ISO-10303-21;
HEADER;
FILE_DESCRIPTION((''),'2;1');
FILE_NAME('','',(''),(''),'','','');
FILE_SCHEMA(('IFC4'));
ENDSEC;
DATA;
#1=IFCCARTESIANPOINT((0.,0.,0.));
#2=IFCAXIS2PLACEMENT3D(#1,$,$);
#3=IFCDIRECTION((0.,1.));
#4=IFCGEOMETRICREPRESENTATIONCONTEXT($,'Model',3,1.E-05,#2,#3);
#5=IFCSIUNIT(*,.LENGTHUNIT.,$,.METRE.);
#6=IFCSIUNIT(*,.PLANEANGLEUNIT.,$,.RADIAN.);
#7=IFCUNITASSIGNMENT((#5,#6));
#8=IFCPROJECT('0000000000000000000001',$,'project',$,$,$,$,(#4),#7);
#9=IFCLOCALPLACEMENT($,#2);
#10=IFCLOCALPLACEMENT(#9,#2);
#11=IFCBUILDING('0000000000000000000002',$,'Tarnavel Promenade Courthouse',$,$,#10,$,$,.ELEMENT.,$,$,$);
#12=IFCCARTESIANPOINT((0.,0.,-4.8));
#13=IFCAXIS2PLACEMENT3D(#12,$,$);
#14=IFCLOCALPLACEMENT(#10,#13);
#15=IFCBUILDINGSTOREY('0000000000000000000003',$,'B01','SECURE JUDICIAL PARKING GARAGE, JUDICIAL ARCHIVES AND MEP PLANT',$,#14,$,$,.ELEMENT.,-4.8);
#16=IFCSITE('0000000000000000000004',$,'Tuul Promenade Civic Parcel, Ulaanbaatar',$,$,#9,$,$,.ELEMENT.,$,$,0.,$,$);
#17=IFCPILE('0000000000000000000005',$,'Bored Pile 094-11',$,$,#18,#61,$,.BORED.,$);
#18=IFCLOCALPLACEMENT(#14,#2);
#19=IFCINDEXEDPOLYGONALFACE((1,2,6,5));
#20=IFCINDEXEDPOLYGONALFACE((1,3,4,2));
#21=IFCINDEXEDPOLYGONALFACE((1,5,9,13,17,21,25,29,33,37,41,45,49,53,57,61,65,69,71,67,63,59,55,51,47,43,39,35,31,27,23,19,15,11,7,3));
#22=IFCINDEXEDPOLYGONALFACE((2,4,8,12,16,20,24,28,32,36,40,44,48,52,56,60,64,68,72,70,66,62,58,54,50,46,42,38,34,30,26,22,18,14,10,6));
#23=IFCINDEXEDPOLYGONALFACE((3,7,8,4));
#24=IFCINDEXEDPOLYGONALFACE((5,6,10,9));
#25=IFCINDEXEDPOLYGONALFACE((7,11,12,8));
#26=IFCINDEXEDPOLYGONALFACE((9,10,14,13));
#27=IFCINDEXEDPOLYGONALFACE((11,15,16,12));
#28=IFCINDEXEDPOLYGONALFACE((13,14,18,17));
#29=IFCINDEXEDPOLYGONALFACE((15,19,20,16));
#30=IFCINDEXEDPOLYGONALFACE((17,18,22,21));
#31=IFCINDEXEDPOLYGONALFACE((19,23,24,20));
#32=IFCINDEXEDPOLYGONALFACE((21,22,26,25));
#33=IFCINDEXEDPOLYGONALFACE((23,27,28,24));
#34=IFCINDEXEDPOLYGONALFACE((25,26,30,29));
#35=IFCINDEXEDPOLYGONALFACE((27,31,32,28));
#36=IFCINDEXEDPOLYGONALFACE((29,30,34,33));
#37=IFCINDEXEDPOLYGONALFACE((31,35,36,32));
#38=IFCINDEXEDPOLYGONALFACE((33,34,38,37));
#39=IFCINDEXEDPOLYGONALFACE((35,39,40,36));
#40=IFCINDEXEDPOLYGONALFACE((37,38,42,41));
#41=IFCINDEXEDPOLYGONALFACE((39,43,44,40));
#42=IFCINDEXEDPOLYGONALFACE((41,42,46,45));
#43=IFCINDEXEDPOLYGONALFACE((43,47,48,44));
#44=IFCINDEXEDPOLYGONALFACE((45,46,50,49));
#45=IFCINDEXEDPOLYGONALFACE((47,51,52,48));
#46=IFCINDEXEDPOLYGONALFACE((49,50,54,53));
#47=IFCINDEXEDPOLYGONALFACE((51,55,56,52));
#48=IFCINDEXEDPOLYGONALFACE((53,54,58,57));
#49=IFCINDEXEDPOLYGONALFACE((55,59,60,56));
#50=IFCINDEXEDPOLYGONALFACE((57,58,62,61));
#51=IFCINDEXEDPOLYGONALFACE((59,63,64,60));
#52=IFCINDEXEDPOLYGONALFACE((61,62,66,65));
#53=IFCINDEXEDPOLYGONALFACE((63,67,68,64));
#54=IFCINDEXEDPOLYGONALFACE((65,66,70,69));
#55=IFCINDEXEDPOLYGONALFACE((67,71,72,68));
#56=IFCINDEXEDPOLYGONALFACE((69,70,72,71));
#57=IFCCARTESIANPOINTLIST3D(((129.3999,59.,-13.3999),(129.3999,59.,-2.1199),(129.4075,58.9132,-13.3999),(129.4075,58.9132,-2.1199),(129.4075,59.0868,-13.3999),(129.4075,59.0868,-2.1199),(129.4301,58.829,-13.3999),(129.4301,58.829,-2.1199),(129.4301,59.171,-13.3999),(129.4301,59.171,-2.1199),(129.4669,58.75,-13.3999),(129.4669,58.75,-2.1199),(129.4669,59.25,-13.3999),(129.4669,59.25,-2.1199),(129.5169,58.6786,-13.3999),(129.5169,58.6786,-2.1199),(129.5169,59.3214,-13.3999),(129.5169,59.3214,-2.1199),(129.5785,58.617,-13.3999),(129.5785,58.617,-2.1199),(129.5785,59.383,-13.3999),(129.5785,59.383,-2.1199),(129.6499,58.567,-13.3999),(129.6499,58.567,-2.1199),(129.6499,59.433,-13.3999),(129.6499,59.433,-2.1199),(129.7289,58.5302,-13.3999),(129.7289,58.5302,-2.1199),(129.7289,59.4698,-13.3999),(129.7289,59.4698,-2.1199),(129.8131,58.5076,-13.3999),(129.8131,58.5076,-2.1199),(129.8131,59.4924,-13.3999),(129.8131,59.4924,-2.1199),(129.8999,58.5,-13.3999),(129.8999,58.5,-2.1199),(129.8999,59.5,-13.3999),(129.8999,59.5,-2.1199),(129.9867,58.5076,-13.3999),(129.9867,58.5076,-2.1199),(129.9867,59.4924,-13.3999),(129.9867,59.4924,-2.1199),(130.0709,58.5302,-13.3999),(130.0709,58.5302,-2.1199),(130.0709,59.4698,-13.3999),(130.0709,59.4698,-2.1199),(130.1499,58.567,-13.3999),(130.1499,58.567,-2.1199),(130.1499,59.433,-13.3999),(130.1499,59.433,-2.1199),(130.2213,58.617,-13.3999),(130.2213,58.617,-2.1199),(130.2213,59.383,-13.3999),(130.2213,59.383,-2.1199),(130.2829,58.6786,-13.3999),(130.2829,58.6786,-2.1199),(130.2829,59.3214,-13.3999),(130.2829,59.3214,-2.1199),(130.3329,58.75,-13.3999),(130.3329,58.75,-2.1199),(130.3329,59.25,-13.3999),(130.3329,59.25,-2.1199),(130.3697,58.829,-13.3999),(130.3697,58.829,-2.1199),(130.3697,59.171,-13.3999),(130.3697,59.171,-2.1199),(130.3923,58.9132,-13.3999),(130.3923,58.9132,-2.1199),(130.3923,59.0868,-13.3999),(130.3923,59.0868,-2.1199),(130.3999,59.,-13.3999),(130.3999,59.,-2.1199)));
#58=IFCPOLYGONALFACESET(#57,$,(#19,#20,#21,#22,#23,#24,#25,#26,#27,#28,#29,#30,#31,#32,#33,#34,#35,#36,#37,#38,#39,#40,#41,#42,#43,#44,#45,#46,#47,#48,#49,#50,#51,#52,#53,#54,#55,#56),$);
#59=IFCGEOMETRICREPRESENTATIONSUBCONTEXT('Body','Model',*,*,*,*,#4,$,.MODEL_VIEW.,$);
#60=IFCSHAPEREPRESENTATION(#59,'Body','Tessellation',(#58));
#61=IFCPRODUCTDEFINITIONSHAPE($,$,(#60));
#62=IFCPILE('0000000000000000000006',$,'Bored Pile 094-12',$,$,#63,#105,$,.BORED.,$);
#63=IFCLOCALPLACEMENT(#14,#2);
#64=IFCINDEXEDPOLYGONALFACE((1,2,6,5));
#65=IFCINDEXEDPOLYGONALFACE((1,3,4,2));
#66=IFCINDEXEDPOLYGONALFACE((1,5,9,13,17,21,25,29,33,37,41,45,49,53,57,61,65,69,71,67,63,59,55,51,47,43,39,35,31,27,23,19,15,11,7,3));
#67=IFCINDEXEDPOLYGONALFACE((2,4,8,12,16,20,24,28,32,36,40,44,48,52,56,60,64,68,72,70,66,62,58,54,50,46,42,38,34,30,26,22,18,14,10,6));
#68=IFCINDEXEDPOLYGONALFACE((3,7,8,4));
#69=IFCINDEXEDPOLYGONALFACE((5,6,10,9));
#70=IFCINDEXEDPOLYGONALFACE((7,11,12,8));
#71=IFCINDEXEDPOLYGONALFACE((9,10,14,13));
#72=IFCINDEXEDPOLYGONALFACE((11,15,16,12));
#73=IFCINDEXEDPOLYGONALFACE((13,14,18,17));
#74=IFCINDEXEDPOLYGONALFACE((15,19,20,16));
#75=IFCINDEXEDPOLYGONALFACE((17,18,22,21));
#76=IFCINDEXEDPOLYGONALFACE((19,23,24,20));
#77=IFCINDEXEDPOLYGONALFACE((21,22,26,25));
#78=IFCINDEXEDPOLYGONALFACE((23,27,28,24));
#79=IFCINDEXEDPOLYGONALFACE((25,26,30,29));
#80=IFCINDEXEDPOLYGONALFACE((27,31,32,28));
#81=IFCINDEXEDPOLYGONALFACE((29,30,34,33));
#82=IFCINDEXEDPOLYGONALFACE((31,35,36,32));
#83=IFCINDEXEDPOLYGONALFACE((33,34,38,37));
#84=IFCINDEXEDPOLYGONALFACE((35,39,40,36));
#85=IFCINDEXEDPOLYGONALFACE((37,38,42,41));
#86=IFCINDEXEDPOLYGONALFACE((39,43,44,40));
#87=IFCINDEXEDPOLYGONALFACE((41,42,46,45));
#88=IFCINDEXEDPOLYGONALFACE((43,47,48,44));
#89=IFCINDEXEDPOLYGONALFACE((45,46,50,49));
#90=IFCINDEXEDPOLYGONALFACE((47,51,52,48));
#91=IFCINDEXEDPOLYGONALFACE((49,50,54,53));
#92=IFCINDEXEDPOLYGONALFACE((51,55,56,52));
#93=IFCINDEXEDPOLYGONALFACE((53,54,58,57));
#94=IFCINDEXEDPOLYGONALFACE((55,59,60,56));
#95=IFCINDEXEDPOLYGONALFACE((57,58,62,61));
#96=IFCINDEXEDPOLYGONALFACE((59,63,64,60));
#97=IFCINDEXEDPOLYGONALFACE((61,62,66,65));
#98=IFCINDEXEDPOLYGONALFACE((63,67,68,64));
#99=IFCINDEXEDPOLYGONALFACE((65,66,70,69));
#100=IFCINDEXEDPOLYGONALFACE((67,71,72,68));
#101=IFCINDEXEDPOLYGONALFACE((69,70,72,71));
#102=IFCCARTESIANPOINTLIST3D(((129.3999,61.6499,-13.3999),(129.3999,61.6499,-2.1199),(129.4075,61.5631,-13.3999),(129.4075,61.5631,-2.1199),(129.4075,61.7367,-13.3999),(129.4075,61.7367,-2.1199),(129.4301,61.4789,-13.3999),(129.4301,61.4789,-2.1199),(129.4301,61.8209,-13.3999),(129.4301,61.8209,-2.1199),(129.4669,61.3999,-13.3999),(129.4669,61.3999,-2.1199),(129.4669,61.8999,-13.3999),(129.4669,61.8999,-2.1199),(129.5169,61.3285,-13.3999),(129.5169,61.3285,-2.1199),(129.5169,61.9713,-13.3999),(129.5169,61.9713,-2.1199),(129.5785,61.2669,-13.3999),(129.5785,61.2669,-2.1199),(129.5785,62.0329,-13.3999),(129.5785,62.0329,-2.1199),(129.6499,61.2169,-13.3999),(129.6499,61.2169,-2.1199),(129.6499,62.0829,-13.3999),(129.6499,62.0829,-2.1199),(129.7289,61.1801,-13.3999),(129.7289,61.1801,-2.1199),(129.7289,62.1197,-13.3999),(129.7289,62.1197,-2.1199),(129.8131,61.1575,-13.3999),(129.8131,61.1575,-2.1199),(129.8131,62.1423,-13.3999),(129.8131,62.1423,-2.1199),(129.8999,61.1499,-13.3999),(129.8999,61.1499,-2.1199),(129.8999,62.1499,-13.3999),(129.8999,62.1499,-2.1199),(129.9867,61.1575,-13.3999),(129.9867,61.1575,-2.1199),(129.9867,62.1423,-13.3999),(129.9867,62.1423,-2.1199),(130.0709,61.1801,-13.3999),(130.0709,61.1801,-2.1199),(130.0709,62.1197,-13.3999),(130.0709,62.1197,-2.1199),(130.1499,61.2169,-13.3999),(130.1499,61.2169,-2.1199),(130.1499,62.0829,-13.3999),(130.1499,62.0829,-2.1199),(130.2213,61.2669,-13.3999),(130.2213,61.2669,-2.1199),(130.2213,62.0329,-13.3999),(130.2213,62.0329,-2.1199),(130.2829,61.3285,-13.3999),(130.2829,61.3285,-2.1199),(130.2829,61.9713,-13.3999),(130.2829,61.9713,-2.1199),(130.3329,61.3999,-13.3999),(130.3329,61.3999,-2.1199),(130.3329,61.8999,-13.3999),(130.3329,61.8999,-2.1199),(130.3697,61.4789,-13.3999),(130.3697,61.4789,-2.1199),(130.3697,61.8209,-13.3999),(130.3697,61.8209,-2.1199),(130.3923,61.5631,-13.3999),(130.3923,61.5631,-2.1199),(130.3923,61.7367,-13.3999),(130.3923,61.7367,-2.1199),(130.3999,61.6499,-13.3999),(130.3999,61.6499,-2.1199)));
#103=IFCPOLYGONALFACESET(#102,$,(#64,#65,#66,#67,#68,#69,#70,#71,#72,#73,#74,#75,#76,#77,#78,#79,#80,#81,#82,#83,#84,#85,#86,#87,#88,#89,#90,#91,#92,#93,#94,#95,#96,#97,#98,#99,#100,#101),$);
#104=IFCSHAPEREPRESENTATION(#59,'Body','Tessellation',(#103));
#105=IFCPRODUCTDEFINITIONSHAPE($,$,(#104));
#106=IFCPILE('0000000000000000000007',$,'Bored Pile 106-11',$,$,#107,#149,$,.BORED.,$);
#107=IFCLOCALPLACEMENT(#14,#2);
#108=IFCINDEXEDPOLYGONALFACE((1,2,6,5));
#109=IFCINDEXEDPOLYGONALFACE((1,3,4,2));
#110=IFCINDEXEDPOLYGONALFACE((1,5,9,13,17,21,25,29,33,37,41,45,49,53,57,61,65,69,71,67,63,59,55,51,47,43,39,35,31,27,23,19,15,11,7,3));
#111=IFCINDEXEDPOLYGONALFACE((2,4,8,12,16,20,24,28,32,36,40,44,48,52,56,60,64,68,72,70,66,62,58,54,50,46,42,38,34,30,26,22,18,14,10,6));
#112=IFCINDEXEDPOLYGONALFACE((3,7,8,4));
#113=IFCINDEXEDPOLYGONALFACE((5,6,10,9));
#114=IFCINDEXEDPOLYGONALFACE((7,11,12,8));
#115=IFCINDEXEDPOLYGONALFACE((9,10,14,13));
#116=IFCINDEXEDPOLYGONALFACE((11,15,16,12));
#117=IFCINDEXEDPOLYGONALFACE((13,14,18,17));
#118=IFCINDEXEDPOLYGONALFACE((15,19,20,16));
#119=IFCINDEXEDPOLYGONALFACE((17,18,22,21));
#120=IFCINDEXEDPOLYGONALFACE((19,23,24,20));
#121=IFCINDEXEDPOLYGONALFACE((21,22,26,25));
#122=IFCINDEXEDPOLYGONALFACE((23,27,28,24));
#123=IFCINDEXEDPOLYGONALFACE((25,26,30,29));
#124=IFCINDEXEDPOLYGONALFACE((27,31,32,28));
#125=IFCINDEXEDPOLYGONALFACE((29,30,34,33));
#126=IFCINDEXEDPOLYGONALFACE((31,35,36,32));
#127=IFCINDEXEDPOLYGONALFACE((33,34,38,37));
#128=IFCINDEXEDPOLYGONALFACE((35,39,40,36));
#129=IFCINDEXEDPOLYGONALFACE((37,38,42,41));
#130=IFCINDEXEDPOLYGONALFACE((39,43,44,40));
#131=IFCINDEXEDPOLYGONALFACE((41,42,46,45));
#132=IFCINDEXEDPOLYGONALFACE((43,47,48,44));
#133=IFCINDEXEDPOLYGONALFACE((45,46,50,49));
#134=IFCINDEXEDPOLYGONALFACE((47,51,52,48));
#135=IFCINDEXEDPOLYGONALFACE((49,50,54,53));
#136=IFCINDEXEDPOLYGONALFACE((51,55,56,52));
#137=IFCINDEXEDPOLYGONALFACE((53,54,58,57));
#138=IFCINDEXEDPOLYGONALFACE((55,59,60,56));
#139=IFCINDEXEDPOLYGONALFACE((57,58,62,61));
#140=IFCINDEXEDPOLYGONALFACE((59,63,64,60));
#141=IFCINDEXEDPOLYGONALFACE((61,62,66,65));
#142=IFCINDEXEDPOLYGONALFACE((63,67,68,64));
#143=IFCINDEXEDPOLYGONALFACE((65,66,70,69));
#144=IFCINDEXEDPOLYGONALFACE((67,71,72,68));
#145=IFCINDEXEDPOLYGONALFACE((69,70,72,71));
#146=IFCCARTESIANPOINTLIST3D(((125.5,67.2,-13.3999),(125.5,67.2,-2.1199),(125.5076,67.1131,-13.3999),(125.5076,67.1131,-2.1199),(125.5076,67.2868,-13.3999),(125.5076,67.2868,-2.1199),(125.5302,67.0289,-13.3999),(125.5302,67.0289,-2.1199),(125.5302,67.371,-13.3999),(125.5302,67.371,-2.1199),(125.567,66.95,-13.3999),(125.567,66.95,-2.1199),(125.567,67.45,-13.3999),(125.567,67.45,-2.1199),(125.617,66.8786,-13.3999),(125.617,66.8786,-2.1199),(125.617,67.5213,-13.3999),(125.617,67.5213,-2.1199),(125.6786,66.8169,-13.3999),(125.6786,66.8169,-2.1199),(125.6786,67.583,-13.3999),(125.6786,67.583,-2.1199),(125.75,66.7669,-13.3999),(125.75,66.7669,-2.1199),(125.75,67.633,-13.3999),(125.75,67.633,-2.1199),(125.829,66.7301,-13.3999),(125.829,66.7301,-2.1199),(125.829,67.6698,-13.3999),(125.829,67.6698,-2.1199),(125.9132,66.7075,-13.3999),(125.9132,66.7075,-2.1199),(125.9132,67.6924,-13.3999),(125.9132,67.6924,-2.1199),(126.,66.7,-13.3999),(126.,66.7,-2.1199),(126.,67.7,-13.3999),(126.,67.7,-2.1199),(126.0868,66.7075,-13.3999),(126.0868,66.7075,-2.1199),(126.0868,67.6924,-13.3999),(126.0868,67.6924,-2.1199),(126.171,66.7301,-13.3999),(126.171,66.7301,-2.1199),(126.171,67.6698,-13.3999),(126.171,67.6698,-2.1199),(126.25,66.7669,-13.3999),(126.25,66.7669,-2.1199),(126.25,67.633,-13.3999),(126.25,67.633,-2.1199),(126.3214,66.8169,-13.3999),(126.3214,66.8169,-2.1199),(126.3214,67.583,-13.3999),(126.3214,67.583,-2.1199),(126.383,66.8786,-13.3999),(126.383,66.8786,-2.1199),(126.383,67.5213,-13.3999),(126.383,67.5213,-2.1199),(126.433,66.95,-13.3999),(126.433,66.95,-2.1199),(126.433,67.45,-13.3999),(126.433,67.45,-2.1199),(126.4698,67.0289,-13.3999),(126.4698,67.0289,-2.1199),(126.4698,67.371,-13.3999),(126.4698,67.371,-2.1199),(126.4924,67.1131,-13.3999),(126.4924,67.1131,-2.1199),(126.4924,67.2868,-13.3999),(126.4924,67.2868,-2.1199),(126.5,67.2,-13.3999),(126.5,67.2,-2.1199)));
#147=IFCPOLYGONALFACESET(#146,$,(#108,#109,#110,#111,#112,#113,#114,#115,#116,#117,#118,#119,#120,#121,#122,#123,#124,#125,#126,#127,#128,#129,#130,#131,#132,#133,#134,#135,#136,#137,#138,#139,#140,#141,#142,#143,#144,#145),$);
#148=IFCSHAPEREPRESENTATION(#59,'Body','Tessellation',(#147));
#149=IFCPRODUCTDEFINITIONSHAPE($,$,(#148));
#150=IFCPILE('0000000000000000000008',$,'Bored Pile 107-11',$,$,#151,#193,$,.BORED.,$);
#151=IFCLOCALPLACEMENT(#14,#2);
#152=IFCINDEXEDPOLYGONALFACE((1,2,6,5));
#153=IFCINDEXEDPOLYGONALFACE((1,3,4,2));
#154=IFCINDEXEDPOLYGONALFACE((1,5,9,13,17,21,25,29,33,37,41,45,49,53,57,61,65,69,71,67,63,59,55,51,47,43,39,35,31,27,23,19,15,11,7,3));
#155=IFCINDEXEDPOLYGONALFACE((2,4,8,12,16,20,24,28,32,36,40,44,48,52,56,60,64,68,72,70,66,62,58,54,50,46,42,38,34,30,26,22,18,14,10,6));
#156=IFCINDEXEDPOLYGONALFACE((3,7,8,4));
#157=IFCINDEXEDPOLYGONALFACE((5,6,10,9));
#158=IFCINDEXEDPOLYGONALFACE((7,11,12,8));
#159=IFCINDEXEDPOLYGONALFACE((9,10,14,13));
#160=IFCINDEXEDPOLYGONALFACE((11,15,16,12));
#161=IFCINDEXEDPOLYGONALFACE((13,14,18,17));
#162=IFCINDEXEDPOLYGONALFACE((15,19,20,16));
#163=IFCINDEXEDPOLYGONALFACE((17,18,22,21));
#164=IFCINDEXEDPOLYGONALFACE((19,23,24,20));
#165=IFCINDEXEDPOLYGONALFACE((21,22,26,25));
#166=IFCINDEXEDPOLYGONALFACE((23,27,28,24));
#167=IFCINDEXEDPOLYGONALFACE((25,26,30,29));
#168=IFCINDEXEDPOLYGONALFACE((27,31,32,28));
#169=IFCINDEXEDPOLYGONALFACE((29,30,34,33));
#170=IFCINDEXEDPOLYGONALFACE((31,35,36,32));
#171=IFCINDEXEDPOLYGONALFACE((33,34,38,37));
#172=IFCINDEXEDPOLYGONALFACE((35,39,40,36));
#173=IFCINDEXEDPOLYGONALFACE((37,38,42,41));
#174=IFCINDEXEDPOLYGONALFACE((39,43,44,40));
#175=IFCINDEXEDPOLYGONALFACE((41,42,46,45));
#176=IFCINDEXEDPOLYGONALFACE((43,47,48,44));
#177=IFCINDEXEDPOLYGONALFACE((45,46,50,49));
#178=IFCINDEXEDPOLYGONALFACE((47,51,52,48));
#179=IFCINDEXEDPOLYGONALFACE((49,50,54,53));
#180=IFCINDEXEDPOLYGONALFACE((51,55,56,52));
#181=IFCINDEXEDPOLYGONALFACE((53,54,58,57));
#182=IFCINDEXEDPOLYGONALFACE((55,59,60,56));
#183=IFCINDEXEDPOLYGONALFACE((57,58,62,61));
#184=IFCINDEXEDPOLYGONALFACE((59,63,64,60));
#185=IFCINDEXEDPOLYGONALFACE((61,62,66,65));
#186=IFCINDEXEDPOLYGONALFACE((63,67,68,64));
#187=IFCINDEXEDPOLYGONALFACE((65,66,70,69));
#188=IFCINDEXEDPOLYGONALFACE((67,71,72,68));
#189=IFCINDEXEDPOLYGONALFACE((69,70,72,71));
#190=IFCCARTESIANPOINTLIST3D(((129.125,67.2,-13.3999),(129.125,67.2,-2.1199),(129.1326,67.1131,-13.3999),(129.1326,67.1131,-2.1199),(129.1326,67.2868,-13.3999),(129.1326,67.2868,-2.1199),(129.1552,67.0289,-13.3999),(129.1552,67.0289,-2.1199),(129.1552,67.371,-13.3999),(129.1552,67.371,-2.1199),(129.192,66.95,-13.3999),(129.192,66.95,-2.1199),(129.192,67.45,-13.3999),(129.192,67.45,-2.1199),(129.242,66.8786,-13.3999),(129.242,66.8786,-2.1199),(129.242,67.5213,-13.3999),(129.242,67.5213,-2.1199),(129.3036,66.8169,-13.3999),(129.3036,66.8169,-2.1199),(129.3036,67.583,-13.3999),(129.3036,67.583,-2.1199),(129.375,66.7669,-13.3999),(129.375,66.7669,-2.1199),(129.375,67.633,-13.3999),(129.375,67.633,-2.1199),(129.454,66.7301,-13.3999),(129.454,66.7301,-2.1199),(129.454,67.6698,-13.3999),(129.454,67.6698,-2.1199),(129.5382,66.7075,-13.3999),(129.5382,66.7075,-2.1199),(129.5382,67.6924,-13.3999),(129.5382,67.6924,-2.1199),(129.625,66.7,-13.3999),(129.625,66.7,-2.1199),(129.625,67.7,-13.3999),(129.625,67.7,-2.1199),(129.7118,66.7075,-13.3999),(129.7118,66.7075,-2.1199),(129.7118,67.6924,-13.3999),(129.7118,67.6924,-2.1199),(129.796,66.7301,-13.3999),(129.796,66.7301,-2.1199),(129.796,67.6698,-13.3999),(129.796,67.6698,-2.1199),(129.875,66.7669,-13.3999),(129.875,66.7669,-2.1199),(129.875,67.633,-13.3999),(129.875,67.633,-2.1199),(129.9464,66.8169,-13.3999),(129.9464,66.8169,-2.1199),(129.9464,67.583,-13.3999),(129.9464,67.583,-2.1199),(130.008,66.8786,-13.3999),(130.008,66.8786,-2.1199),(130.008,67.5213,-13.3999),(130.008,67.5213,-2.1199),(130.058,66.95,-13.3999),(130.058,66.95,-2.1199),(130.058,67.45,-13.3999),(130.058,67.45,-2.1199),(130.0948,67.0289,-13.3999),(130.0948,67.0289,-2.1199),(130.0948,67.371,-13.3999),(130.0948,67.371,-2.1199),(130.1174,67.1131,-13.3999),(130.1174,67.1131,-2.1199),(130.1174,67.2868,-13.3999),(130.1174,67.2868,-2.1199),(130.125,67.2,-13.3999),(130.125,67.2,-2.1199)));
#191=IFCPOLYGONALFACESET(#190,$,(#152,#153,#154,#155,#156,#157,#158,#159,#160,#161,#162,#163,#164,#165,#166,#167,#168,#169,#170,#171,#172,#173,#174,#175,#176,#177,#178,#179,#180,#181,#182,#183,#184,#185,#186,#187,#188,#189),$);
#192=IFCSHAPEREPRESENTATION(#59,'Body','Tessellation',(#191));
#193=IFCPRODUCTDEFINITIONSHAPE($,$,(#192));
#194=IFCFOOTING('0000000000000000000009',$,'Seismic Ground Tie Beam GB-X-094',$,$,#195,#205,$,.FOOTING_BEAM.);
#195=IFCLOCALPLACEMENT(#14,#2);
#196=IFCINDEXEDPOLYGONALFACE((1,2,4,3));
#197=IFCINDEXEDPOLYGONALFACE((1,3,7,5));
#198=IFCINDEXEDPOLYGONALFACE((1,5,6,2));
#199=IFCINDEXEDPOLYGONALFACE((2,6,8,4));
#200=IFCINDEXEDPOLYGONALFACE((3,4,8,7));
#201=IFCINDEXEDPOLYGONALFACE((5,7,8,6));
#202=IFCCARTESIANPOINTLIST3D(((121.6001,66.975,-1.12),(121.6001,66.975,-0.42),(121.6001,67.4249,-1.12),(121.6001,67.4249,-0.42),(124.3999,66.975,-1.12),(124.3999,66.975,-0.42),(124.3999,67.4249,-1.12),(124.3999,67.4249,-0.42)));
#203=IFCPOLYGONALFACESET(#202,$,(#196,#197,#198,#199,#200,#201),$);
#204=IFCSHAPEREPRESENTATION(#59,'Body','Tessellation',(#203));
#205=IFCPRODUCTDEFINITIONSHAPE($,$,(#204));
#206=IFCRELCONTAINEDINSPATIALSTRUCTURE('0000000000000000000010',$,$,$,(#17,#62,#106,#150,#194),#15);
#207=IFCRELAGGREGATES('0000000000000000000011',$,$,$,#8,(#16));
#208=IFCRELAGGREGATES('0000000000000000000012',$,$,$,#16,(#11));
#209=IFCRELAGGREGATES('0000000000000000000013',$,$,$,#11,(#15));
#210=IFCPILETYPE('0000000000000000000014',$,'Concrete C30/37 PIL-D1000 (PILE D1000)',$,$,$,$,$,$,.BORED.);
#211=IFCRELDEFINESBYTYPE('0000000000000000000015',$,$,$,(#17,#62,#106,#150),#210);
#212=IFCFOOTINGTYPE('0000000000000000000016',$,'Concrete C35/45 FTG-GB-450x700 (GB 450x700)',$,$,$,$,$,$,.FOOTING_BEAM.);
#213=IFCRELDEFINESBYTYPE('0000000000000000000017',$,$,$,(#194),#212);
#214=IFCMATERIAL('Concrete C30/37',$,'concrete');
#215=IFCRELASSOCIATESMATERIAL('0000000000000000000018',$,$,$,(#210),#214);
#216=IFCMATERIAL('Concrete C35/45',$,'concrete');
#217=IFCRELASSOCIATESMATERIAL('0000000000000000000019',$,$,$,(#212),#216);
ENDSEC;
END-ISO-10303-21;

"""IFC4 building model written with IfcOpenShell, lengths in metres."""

from ifc_helpers import new_model, si_unit, direction, frame, origin, origin_2d, place, context, subcontext, project, spatial, rectangle, circle, extrude, material, material_profile, profile_set, type_object, element, save


model = new_model("IFC4")

# Units and contexts
model_context = context("Model", 3, precision=1e-05, world=origin(), true_north=direction((0.0, 1.0)))
body_context = subcontext(model_context, "Body", "Model", "MODEL_VIEW")
ifc_project = project(units=[si_unit("LENGTHUNIT", "METRE"), si_unit("PLANEANGLEUNIT", "RADIAN")], contexts=[model_context])

# Site, building, storey
site_placement = place(None, origin())
site = spatial("IfcSite", under=ifc_project, at=site_placement, Name="Tuul Promenade Civic Parcel, Ulaanbaatar", CompositionType="ELEMENT", RefElevation=0.0)
building_placement = place(site_placement, origin())
building = spatial("IfcBuilding", under=site, at=building_placement, Name="Tarnavel Promenade Courthouse", CompositionType="ELEMENT")
storey_placement = place(building_placement, frame((0.0, 0.0, -4.8)))
storey = spatial("IfcBuildingStorey", under=building, at=storey_placement, Name="B01", Description="SECURE JUDICIAL PARKING GARAGE, JUDICIAL ARCHIVES AND MEP PLANT", CompositionType="ELEMENT", Elevation=-4.8)

# Piles
ifc_material_1 = material(Name="Concrete C30/37", Category="concrete")
ifc_material_profile_1 = material_profile(ifc_material_1, circle(Radius=0.5, at=origin_2d()), Name="PILE D1000")
ifc_profile_set_1 = profile_set([ifc_material_profile_1], Name="Concrete C30/37")
pile_type = type_object("IfcPileType", Name="Concrete C30/37 PIL-D1000 (PILE D1000)", PredefinedType="BORED", material=ifc_profile_set_1)
for number, where, z_axis, x_axis, name in (
    (1, (129.8999, 59.0, -2.1199), (0.0, 0.0, -1.0), (1.0, 0.0, 0.0), "Bored Pile 094-11"),
    (2, (129.8999, 61.6499, -2.1199), (0.0, 0.0, -1.0), (1.0, 0.0, 0.0), "Bored Pile 094-12"),
    (3, (126.0, 67.2, -2.1199), (0.0, 0.0, -1.0), (1.0, 0.0, 0.0), "Bored Pile 106-11"),
    (4, (129.625, 67.2, -2.1199), (0.0, 0.0, -1.0), (1.0, 0.0, 0.0), "Bored Pile 107-11"),
):
    element("IfcPile", number, at=place(storey_placement, frame(where, z_axis=z_axis, x_axis=x_axis)), inside=storey, type_object=pile_type, Name=name, PredefinedType="BORED", context=body_context, shape_type="SweptSolid", body=[
        extrude(circle(Radius=0.5, at=origin_2d()), origin(), (0.0, 0.0, 1.0), 11.28),
    ])

# Footing
ifc_material_2 = material(Name="Concrete C35/45", Category="concrete")
ifc_material_profile_2 = material_profile(ifc_material_2, rectangle(XDim=0.45, YDim=0.7, at=origin_2d()), Name="GB 450x700")
ifc_profile_set_2 = profile_set([ifc_material_profile_2], Name="Concrete C35/45")
footing_type_1 = type_object("IfcFootingType", Name="Concrete C35/45 FTG-GB-450x700 (GB 450x700)", PredefinedType="FOOTING_BEAM", material=ifc_profile_set_2)
footing_1_placement = place(storey_placement, frame((121.6001, 67.2, -0.77), z_axis=(1.0, 0.0, 0.0), x_axis=(0.0, 1.0, 0.0)))
element("IfcFooting", 5, at=footing_1_placement, inside=storey, type_object=footing_type_1, Name="Seismic Ground Tie Beam GB-X-094", PredefinedType="FOOTING_BEAM", context=body_context, shape_type="SweptSolid", body=[
    extrude(rectangle(XDim=0.45, YDim=0.7, at=origin_2d()), origin(), (0.0, 0.0, 1.0), 2.7998),
])

save(model, "model.ifc")
